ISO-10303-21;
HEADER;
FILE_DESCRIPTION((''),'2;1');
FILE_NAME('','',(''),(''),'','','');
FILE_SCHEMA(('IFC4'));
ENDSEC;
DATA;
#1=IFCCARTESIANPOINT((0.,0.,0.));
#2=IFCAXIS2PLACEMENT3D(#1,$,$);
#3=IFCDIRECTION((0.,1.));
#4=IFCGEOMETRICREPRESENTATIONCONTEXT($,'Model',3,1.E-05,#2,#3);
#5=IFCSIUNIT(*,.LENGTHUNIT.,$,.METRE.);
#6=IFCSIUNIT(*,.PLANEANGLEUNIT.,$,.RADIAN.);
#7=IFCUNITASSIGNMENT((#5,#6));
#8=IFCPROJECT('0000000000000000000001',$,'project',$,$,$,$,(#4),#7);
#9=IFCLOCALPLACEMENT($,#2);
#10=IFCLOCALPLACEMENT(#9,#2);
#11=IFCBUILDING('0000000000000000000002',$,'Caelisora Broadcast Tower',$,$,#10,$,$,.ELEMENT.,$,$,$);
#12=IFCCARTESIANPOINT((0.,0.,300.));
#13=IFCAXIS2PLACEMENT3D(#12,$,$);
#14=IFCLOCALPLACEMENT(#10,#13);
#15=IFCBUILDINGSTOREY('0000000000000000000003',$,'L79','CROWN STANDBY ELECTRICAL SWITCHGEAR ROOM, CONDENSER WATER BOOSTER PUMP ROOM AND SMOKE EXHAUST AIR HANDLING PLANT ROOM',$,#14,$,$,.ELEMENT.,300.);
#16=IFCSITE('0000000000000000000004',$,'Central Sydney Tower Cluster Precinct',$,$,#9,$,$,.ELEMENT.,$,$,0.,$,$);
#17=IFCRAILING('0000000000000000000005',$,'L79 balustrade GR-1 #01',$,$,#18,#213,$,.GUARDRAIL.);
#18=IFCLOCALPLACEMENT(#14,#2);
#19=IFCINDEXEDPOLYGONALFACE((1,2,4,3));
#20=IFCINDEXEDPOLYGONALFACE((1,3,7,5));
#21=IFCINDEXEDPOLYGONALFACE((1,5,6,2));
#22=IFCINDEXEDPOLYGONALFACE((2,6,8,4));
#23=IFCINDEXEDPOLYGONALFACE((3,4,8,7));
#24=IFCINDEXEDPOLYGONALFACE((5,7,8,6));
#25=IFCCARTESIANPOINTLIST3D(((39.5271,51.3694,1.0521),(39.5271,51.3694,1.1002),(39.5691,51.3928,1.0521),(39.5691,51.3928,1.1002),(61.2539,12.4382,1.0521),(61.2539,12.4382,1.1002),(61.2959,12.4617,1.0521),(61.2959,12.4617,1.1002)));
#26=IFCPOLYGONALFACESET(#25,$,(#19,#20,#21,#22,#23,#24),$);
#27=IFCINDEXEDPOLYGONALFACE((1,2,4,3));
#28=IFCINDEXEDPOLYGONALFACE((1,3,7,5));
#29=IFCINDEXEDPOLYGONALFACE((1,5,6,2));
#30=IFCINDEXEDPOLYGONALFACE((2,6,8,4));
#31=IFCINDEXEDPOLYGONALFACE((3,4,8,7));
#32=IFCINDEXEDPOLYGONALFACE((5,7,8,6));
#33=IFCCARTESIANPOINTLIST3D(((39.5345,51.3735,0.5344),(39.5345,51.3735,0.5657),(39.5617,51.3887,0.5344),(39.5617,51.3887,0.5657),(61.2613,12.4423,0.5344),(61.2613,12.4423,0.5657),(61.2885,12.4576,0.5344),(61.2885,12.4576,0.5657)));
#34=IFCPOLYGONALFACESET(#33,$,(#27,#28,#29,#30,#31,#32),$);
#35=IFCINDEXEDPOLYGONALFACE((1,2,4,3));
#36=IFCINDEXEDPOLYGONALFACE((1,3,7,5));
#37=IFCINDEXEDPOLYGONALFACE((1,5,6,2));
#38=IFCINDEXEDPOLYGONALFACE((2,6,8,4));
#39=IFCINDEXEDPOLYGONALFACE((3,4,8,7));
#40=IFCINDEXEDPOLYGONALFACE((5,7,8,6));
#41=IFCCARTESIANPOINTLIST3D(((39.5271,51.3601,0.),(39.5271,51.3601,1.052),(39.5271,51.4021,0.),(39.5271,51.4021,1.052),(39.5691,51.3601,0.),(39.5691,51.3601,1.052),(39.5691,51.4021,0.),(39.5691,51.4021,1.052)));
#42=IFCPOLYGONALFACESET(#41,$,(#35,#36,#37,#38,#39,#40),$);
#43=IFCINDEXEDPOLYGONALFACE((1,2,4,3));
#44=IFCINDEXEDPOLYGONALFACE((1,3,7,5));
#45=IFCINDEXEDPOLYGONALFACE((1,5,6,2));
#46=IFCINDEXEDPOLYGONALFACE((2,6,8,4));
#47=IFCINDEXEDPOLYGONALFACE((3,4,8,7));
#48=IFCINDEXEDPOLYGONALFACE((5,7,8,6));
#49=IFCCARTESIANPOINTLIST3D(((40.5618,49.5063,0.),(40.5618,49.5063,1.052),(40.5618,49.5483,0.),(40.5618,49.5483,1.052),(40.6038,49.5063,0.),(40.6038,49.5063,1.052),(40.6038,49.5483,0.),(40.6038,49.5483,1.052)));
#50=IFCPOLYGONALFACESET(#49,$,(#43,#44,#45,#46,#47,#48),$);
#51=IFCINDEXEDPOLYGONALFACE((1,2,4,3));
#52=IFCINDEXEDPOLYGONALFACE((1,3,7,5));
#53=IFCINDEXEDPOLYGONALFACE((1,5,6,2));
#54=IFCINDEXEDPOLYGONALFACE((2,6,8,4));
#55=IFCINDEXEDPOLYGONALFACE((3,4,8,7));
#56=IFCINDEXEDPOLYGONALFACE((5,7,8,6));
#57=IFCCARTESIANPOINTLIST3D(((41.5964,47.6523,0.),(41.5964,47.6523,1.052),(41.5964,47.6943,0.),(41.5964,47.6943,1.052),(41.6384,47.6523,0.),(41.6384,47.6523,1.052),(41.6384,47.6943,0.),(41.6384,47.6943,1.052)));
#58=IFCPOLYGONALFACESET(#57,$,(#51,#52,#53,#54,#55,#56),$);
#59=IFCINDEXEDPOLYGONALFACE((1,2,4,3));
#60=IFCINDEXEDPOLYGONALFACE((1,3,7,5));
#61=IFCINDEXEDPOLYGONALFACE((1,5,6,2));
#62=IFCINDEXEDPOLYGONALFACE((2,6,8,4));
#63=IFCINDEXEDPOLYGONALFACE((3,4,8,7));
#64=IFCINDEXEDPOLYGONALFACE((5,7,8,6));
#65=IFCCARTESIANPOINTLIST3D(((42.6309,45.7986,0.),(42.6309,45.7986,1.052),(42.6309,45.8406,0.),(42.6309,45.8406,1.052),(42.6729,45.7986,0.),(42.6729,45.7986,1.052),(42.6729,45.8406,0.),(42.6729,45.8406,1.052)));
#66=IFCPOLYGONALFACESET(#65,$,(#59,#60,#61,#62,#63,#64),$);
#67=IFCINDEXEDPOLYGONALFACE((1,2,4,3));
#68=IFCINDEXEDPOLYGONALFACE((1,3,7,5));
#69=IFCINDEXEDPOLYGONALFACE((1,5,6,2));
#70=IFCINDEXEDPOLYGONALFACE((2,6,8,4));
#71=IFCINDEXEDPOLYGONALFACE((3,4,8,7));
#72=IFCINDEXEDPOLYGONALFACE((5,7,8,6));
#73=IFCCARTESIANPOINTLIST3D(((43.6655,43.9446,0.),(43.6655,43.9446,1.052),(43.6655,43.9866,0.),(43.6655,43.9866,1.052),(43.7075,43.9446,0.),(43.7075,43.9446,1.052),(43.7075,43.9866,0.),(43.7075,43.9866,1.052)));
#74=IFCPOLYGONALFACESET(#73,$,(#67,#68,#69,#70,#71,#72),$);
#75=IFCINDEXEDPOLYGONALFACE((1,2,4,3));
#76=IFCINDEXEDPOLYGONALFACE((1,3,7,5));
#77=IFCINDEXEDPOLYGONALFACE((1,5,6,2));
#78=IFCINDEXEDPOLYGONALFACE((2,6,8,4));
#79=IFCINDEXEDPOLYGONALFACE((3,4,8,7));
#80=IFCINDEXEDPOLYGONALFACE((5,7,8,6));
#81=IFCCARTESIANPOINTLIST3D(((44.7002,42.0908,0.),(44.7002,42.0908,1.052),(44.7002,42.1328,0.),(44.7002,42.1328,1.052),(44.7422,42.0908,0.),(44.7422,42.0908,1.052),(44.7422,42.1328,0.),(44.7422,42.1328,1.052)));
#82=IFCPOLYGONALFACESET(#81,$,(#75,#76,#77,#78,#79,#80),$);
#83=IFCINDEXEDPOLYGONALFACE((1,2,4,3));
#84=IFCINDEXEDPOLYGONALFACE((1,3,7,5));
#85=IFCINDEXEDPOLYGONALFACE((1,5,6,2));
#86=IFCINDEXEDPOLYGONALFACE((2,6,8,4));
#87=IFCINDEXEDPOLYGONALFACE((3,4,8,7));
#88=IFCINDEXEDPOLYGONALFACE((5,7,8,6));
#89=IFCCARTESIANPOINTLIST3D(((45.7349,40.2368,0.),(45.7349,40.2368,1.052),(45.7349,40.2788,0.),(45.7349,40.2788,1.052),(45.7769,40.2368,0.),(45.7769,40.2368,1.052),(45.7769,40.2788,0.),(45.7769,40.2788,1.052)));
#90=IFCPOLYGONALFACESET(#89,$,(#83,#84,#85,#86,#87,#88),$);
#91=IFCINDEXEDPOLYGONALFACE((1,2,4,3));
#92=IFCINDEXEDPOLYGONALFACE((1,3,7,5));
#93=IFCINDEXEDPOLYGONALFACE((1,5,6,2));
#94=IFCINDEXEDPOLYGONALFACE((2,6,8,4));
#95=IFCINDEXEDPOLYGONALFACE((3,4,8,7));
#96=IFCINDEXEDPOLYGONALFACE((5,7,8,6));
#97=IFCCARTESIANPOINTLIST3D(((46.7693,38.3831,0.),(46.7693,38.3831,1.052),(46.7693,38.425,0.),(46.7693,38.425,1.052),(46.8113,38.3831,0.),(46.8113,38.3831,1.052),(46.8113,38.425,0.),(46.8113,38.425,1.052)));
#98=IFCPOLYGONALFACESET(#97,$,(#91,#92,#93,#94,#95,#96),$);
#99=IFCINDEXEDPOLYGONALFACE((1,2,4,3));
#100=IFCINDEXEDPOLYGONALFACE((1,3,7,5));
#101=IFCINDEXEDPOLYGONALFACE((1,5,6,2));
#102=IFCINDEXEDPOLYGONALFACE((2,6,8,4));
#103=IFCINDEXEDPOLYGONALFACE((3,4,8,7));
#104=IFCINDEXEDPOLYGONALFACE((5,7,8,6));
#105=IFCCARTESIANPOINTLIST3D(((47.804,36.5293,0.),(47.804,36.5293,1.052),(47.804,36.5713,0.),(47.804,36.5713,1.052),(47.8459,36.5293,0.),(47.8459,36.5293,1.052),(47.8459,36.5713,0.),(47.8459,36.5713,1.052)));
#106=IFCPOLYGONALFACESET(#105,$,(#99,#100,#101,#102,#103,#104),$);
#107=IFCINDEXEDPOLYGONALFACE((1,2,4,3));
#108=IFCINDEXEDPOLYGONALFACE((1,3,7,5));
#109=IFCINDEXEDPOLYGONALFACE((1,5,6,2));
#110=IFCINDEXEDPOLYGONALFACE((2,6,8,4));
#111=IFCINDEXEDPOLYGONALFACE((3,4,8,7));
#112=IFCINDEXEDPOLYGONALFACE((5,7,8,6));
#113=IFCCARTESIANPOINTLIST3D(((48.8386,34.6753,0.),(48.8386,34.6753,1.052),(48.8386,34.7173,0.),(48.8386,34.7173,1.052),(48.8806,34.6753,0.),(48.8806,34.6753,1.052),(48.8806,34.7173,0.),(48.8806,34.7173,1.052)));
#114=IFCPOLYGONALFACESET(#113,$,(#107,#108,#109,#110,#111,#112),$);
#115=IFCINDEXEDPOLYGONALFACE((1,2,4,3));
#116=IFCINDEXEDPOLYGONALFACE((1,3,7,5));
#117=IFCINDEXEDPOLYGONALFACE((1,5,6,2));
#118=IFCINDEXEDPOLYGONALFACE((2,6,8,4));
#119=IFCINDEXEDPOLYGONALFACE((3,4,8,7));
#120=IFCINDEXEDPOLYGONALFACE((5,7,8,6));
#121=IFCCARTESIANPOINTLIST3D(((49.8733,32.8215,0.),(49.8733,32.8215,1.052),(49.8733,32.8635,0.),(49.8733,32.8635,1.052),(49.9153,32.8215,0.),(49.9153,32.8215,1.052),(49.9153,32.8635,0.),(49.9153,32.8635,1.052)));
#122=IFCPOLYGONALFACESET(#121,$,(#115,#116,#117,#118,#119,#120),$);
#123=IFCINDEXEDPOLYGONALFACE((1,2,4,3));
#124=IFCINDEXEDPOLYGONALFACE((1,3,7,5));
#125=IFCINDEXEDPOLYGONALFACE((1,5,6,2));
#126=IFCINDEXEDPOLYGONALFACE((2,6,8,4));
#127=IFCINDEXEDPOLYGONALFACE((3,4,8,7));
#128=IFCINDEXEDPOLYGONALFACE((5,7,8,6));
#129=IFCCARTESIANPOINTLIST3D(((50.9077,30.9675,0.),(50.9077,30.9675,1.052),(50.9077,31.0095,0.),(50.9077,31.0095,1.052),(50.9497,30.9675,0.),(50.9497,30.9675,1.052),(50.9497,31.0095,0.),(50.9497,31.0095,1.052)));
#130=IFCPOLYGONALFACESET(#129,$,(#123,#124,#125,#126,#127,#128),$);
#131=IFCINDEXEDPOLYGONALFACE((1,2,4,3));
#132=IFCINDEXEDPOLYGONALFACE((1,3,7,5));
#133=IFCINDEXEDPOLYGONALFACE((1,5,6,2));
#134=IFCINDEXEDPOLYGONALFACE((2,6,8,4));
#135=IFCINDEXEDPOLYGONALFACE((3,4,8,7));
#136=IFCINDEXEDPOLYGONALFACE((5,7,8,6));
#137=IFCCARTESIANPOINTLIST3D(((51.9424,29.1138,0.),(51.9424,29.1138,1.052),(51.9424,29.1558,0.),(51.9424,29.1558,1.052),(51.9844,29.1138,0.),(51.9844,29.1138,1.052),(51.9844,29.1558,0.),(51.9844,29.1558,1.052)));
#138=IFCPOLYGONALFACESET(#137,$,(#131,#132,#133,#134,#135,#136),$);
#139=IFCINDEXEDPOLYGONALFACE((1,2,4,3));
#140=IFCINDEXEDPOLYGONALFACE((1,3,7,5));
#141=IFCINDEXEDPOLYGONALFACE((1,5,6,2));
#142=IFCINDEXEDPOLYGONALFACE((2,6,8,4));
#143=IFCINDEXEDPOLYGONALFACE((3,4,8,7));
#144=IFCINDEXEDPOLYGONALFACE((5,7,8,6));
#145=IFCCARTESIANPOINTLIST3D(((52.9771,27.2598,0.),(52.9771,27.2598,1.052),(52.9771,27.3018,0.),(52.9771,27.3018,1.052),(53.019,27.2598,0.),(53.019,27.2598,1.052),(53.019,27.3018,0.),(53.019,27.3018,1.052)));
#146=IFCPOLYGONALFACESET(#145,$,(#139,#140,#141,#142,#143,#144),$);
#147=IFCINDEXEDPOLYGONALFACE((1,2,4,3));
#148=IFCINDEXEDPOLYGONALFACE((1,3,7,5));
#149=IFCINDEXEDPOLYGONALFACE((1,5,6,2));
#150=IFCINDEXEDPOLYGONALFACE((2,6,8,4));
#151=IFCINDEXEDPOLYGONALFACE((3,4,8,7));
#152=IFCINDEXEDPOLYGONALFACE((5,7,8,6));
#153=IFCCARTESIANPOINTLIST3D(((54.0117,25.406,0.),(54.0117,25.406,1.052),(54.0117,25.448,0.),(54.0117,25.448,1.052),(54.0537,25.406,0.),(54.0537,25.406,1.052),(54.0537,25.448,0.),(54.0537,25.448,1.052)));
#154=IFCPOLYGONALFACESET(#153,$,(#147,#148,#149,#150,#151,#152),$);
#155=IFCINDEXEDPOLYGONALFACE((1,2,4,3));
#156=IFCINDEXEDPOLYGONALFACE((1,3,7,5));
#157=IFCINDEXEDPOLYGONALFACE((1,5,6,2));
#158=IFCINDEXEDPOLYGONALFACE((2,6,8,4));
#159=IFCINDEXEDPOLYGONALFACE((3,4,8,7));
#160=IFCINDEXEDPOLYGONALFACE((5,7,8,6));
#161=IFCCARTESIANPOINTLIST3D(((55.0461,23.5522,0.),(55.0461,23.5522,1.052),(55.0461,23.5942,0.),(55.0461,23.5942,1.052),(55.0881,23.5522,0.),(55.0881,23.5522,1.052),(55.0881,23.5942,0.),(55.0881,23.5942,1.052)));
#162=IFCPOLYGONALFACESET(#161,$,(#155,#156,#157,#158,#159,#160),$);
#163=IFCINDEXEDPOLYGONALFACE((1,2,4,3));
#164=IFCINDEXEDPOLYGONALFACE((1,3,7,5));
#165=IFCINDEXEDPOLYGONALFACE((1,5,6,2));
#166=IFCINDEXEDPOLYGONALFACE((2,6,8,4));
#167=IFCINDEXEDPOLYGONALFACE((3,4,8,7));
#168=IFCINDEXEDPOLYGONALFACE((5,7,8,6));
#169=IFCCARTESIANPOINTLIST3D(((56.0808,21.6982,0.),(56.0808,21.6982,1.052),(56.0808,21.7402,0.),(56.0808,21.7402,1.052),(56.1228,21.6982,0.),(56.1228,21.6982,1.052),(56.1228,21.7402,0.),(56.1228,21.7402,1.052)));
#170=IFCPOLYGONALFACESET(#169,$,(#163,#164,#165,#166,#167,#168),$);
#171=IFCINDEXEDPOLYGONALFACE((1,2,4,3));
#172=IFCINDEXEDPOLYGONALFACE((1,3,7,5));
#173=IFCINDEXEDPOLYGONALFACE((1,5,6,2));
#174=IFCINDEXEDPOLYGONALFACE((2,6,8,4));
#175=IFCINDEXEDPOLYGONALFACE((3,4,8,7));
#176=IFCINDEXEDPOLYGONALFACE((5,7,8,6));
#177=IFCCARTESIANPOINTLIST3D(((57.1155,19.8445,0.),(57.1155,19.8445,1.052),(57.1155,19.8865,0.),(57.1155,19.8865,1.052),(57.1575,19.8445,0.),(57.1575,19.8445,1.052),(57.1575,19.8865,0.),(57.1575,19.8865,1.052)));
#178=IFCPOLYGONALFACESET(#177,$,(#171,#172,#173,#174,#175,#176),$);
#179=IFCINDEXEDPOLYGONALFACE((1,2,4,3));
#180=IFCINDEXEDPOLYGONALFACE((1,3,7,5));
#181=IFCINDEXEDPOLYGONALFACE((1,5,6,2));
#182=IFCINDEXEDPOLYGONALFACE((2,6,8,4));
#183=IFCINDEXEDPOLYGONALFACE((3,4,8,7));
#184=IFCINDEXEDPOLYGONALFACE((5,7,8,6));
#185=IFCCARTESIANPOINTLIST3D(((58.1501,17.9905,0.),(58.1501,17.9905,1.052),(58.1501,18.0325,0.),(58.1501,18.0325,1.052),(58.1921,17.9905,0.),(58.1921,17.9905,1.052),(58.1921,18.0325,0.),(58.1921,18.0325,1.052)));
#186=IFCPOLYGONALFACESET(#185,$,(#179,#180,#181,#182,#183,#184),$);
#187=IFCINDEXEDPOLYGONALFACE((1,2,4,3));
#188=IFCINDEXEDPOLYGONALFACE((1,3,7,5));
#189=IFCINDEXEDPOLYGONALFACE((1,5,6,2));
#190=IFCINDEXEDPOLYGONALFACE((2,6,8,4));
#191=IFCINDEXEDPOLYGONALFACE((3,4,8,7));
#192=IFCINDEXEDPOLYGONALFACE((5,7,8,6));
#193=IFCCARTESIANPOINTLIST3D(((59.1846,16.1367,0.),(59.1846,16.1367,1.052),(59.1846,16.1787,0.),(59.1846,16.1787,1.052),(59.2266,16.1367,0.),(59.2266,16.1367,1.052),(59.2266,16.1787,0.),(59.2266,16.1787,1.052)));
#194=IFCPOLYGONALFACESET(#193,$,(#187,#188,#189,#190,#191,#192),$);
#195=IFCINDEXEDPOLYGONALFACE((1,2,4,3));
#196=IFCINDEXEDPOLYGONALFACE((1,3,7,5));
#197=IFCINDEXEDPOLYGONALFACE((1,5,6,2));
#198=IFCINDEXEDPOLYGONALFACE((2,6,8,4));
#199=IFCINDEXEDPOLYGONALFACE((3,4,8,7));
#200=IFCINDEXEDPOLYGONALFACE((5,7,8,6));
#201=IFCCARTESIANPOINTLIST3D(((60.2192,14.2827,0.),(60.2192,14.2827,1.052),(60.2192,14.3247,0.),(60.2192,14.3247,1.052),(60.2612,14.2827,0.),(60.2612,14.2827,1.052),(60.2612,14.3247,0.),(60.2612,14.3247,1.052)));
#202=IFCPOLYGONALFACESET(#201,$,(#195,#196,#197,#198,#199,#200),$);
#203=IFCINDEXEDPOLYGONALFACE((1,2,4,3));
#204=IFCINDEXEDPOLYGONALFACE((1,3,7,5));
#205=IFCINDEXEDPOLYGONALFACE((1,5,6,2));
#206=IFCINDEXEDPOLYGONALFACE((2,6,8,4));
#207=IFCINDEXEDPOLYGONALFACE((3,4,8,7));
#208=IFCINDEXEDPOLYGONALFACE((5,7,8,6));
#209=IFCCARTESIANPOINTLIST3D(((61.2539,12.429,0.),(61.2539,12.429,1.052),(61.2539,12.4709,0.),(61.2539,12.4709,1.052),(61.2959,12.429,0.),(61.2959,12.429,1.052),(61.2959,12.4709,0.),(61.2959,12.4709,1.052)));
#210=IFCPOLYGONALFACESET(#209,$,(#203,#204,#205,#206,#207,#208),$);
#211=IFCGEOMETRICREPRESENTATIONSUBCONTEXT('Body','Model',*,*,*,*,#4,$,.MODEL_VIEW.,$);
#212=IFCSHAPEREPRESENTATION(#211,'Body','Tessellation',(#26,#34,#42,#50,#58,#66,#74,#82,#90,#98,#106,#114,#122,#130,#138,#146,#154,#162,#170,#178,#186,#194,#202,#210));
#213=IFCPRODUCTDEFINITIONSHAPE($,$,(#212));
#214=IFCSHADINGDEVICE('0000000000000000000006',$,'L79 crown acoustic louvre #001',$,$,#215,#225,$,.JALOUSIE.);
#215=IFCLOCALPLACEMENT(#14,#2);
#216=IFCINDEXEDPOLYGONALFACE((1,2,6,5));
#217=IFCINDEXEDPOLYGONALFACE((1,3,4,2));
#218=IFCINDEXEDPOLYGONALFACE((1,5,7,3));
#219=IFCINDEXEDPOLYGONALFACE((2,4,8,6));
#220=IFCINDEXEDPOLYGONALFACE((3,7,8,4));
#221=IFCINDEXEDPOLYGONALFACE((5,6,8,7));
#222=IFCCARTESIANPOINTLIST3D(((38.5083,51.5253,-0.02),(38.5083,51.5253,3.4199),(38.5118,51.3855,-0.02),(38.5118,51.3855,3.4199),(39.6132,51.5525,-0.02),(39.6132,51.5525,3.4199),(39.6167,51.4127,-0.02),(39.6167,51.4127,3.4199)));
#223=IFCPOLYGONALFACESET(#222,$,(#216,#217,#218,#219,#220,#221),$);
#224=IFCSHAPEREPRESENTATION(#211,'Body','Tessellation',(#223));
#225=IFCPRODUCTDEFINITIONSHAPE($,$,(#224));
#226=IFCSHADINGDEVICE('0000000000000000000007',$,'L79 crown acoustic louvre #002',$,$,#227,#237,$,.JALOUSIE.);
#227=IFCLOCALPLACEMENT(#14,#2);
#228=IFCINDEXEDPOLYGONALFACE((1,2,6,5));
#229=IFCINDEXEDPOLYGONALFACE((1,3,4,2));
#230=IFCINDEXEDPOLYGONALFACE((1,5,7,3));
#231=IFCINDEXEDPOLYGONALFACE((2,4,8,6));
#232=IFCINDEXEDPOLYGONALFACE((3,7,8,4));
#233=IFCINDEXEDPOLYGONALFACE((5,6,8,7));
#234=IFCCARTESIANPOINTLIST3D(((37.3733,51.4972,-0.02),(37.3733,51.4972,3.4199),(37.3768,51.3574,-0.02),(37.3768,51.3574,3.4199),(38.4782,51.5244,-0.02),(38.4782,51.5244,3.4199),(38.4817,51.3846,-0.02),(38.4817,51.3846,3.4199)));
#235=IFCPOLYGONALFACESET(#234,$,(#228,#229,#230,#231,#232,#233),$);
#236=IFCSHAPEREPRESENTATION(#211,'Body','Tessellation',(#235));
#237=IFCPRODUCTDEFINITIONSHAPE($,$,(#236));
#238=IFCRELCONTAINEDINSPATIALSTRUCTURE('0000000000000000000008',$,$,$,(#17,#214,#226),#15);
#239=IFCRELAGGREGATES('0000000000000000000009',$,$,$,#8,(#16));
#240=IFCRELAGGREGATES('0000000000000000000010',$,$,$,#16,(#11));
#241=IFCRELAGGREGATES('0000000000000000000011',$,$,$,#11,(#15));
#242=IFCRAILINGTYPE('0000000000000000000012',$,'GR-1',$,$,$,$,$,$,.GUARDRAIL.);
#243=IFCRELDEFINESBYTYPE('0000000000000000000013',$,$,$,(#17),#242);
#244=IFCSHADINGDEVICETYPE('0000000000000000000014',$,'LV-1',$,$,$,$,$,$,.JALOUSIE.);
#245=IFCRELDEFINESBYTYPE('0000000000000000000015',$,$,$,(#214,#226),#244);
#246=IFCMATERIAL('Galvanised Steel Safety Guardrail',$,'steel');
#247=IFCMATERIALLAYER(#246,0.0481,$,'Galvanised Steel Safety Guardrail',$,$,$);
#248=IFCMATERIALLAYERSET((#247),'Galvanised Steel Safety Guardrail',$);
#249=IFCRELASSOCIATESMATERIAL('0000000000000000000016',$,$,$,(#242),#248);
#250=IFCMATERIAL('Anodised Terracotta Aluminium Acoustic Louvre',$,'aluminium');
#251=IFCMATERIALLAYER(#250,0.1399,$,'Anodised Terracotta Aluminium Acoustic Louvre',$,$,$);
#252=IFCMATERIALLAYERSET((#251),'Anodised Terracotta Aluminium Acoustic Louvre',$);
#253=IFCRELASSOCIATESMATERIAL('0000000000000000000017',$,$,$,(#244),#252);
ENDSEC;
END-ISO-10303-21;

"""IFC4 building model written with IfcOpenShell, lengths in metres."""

from ifc_helpers import new_model, si_unit, direction, frame, origin, origin_2d, place, context, subcontext, project, spatial, rectangle, extrude, source, transform, mapped, material, layer, layer_set, type_object, element, save


model = new_model("IFC4")

# Units and contexts
model_context = context("Model", 3, precision=1e-05, world=origin(), true_north=direction((0.0, 1.0)))
body_context = subcontext(model_context, "Body", "Model", "MODEL_VIEW")
ifc_project = project(units=[si_unit("LENGTHUNIT", "METRE"), si_unit("PLANEANGLEUNIT", "RADIAN")], contexts=[model_context])

# Site, building, storey
site_placement = place(None, origin())
site = spatial("IfcSite", under=ifc_project, at=site_placement, Name="Central Sydney Tower Cluster Precinct", CompositionType="ELEMENT", RefElevation=0.0)
building_placement = place(site_placement, origin())
building = spatial("IfcBuilding", under=site, at=building_placement, Name="Caelisora Broadcast Tower", CompositionType="ELEMENT")
storey_placement = place(building_placement, frame((0.0, 0.0, 300.0)))
storey = spatial("IfcBuildingStorey", under=building, at=storey_placement, Name="L79", Description="CROWN STANDBY ELECTRICAL SWITCHGEAR ROOM, CONDENSER WATER BOOSTER PUMP ROOM AND SMOKE EXHAUST AIR HANDLING PLANT ROOM", CompositionType="ELEMENT", Elevation=300.0)

# Railing
ifc_material_1 = material(Name="Galvanised Steel Safety Guardrail", Category="steel")
ifc_layer_1 = layer(ifc_material_1, 0.0481, Name="Galvanised Steel Safety Guardrail")
ifc_layer_set_1 = layer_set([ifc_layer_1], Name="Galvanised Steel Safety Guardrail")
railing_type = type_object("IfcRailingType", Name="GR-1", PredefinedType="GUARDRAIL", material=ifc_layer_set_1)
railing_placement = place(storey_placement, frame((39.5481, 51.3811, 0.0)))
element("IfcRailing", 1, at=railing_placement, inside=storey, type_object=railing_type, Name="L79 balustrade GR-1 #01", PredefinedType="GUARDRAIL", context=body_context, shape_type="SweptSolid", body=[
    extrude(rectangle(XDim=0.0481, YDim=0.0481, at=origin_2d()), frame((0.0, 0.0, 1.0762), z_axis=(0.487328, -0.873219, 0.0), x_axis=(0.873219, 0.487328, 0.0)), (0.0, 0.0, 1.0), 44.5835),
    extrude(rectangle(XDim=0.0312, YDim=0.0312, at=origin_2d()), frame((0.0, 0.0, 0.55), z_axis=(0.487328, -0.873219, 0.0), x_axis=(0.873219, 0.487328, 0.0)), (0.0, 0.0, 1.0), 44.5835),
    extrude(rectangle(XDim=0.042, YDim=0.042, at=origin_2d()), origin(), (0.0, 0.0, 1.0), 1.052),
    extrude(rectangle(XDim=0.042, YDim=0.042, at=origin_2d()), frame((1.0347, -1.8538, 0.0)), (0.0, 0.0, 1.0), 1.052),
    extrude(rectangle(XDim=0.042, YDim=0.042, at=origin_2d()), frame((2.0693, -3.7078, 0.0)), (0.0, 0.0, 1.0), 1.052),
    extrude(rectangle(XDim=0.042, YDim=0.042, at=origin_2d()), frame((3.1038, -5.5615, 0.0)), (0.0, 0.0, 1.0), 1.052),
    extrude(rectangle(XDim=0.042, YDim=0.042, at=origin_2d()), frame((4.1384, -7.4155, 0.0)), (0.0, 0.0, 1.0), 1.052),
    extrude(rectangle(XDim=0.042, YDim=0.042, at=origin_2d()), frame((5.1731, -9.2693, 0.0)), (0.0, 0.0, 1.0), 1.052),
    extrude(rectangle(XDim=0.042, YDim=0.042, at=origin_2d()), frame((6.2078, -11.1233, 0.0)), (0.0, 0.0, 1.0), 1.052),
    extrude(rectangle(XDim=0.042, YDim=0.042, at=origin_2d()), frame((7.2422, -12.9771, 0.0)), (0.0, 0.0, 1.0), 1.052),
    extrude(rectangle(XDim=0.042, YDim=0.042, at=origin_2d()), frame((8.2769, -14.8308, 0.0)), (0.0, 0.0, 1.0), 1.052),
    extrude(rectangle(XDim=0.042, YDim=0.042, at=origin_2d()), frame((9.3115, -16.6848, 0.0)), (0.0, 0.0, 1.0), 1.052),
    extrude(rectangle(XDim=0.042, YDim=0.042, at=origin_2d()), frame((10.3462, -18.5386, 0.0)), (0.0, 0.0, 1.0), 1.052),
    extrude(rectangle(XDim=0.042, YDim=0.042, at=origin_2d()), frame((11.3806, -20.3926, 0.0)), (0.0, 0.0, 1.0), 1.052),
    extrude(rectangle(XDim=0.042, YDim=0.042, at=origin_2d()), frame((12.4153, -22.2463, 0.0)), (0.0, 0.0, 1.0), 1.052),
    extrude(rectangle(XDim=0.042, YDim=0.042, at=origin_2d()), frame((13.45, -24.1003, 0.0)), (0.0, 0.0, 1.0), 1.052),
    extrude(rectangle(XDim=0.042, YDim=0.042, at=origin_2d()), frame((14.4846, -25.9541, 0.0)), (0.0, 0.0, 1.0), 1.052),
    extrude(rectangle(XDim=0.042, YDim=0.042, at=origin_2d()), frame((15.519, -27.8079, 0.0)), (0.0, 0.0, 1.0), 1.052),
    extrude(rectangle(XDim=0.042, YDim=0.042, at=origin_2d()), frame((16.5537, -29.6619, 0.0)), (0.0, 0.0, 1.0), 1.052),
    extrude(rectangle(XDim=0.042, YDim=0.042, at=origin_2d()), frame((17.5884, -31.5156, 0.0)), (0.0, 0.0, 1.0), 1.052),
    extrude(rectangle(XDim=0.042, YDim=0.042, at=origin_2d()), frame((18.623, -33.3696, 0.0)), (0.0, 0.0, 1.0), 1.052),
    extrude(rectangle(XDim=0.042, YDim=0.042, at=origin_2d()), frame((19.6575, -35.2234, 0.0)), (0.0, 0.0, 1.0), 1.052),
    extrude(rectangle(XDim=0.042, YDim=0.042, at=origin_2d()), frame((20.6921, -37.0774, 0.0)), (0.0, 0.0, 1.0), 1.052),
    extrude(rectangle(XDim=0.042, YDim=0.042, at=origin_2d()), frame((21.7268, -38.9312, 0.0)), (0.0, 0.0, 1.0), 1.052),
])

# Shading devices
ifc_material_2 = material(Name="Anodised Terracotta Aluminium Acoustic Louvre", Category="aluminium")
ifc_layer_2 = layer(ifc_material_2, 0.1399, Name="Anodised Terracotta Aluminium Acoustic Louvre")
ifc_layer_set_2 = layer_set([ifc_layer_2], Name="Anodised Terracotta Aluminium Acoustic Louvre")
shading_device_type = type_object("IfcShadingDeviceType", Name="LV-1", PredefinedType="JALOUSIE", material=ifc_layer_set_2)
shared_shape_1 = source(origin(), body_context, "Body", "SweptSolid", [
    extrude(rectangle(XDim=1.1052, YDim=0.1399, at=origin_2d()), origin(), (0.0, 0.0, 1.0), 3.4399),
])
for number, where, z_axis, x_axis, name in (
    (2, (39.0625, 51.469, -0.02), (0.0, 0.0, 1.0), (-0.999697, -0.024607, 0.0), "L79 crown acoustic louvre #001"),
    (3, (37.9275, 51.4409, -0.02), (0.0, 0.0, 1.0), (-0.999697, -0.024607, 0.0), "L79 crown acoustic louvre #002"),
):
    element("IfcShadingDevice", number, at=place(storey_placement, frame(where, z_axis=z_axis, x_axis=x_axis)), inside=storey, type_object=shading_device_type, Name=name, PredefinedType="JALOUSIE", context=body_context, shape_type="MappedRepresentation", body=[
        mapped(shared_shape_1, transform((0.0, 0.0, 0.0), scale=1.0)),
    ])

save(model, "model.ifc")
